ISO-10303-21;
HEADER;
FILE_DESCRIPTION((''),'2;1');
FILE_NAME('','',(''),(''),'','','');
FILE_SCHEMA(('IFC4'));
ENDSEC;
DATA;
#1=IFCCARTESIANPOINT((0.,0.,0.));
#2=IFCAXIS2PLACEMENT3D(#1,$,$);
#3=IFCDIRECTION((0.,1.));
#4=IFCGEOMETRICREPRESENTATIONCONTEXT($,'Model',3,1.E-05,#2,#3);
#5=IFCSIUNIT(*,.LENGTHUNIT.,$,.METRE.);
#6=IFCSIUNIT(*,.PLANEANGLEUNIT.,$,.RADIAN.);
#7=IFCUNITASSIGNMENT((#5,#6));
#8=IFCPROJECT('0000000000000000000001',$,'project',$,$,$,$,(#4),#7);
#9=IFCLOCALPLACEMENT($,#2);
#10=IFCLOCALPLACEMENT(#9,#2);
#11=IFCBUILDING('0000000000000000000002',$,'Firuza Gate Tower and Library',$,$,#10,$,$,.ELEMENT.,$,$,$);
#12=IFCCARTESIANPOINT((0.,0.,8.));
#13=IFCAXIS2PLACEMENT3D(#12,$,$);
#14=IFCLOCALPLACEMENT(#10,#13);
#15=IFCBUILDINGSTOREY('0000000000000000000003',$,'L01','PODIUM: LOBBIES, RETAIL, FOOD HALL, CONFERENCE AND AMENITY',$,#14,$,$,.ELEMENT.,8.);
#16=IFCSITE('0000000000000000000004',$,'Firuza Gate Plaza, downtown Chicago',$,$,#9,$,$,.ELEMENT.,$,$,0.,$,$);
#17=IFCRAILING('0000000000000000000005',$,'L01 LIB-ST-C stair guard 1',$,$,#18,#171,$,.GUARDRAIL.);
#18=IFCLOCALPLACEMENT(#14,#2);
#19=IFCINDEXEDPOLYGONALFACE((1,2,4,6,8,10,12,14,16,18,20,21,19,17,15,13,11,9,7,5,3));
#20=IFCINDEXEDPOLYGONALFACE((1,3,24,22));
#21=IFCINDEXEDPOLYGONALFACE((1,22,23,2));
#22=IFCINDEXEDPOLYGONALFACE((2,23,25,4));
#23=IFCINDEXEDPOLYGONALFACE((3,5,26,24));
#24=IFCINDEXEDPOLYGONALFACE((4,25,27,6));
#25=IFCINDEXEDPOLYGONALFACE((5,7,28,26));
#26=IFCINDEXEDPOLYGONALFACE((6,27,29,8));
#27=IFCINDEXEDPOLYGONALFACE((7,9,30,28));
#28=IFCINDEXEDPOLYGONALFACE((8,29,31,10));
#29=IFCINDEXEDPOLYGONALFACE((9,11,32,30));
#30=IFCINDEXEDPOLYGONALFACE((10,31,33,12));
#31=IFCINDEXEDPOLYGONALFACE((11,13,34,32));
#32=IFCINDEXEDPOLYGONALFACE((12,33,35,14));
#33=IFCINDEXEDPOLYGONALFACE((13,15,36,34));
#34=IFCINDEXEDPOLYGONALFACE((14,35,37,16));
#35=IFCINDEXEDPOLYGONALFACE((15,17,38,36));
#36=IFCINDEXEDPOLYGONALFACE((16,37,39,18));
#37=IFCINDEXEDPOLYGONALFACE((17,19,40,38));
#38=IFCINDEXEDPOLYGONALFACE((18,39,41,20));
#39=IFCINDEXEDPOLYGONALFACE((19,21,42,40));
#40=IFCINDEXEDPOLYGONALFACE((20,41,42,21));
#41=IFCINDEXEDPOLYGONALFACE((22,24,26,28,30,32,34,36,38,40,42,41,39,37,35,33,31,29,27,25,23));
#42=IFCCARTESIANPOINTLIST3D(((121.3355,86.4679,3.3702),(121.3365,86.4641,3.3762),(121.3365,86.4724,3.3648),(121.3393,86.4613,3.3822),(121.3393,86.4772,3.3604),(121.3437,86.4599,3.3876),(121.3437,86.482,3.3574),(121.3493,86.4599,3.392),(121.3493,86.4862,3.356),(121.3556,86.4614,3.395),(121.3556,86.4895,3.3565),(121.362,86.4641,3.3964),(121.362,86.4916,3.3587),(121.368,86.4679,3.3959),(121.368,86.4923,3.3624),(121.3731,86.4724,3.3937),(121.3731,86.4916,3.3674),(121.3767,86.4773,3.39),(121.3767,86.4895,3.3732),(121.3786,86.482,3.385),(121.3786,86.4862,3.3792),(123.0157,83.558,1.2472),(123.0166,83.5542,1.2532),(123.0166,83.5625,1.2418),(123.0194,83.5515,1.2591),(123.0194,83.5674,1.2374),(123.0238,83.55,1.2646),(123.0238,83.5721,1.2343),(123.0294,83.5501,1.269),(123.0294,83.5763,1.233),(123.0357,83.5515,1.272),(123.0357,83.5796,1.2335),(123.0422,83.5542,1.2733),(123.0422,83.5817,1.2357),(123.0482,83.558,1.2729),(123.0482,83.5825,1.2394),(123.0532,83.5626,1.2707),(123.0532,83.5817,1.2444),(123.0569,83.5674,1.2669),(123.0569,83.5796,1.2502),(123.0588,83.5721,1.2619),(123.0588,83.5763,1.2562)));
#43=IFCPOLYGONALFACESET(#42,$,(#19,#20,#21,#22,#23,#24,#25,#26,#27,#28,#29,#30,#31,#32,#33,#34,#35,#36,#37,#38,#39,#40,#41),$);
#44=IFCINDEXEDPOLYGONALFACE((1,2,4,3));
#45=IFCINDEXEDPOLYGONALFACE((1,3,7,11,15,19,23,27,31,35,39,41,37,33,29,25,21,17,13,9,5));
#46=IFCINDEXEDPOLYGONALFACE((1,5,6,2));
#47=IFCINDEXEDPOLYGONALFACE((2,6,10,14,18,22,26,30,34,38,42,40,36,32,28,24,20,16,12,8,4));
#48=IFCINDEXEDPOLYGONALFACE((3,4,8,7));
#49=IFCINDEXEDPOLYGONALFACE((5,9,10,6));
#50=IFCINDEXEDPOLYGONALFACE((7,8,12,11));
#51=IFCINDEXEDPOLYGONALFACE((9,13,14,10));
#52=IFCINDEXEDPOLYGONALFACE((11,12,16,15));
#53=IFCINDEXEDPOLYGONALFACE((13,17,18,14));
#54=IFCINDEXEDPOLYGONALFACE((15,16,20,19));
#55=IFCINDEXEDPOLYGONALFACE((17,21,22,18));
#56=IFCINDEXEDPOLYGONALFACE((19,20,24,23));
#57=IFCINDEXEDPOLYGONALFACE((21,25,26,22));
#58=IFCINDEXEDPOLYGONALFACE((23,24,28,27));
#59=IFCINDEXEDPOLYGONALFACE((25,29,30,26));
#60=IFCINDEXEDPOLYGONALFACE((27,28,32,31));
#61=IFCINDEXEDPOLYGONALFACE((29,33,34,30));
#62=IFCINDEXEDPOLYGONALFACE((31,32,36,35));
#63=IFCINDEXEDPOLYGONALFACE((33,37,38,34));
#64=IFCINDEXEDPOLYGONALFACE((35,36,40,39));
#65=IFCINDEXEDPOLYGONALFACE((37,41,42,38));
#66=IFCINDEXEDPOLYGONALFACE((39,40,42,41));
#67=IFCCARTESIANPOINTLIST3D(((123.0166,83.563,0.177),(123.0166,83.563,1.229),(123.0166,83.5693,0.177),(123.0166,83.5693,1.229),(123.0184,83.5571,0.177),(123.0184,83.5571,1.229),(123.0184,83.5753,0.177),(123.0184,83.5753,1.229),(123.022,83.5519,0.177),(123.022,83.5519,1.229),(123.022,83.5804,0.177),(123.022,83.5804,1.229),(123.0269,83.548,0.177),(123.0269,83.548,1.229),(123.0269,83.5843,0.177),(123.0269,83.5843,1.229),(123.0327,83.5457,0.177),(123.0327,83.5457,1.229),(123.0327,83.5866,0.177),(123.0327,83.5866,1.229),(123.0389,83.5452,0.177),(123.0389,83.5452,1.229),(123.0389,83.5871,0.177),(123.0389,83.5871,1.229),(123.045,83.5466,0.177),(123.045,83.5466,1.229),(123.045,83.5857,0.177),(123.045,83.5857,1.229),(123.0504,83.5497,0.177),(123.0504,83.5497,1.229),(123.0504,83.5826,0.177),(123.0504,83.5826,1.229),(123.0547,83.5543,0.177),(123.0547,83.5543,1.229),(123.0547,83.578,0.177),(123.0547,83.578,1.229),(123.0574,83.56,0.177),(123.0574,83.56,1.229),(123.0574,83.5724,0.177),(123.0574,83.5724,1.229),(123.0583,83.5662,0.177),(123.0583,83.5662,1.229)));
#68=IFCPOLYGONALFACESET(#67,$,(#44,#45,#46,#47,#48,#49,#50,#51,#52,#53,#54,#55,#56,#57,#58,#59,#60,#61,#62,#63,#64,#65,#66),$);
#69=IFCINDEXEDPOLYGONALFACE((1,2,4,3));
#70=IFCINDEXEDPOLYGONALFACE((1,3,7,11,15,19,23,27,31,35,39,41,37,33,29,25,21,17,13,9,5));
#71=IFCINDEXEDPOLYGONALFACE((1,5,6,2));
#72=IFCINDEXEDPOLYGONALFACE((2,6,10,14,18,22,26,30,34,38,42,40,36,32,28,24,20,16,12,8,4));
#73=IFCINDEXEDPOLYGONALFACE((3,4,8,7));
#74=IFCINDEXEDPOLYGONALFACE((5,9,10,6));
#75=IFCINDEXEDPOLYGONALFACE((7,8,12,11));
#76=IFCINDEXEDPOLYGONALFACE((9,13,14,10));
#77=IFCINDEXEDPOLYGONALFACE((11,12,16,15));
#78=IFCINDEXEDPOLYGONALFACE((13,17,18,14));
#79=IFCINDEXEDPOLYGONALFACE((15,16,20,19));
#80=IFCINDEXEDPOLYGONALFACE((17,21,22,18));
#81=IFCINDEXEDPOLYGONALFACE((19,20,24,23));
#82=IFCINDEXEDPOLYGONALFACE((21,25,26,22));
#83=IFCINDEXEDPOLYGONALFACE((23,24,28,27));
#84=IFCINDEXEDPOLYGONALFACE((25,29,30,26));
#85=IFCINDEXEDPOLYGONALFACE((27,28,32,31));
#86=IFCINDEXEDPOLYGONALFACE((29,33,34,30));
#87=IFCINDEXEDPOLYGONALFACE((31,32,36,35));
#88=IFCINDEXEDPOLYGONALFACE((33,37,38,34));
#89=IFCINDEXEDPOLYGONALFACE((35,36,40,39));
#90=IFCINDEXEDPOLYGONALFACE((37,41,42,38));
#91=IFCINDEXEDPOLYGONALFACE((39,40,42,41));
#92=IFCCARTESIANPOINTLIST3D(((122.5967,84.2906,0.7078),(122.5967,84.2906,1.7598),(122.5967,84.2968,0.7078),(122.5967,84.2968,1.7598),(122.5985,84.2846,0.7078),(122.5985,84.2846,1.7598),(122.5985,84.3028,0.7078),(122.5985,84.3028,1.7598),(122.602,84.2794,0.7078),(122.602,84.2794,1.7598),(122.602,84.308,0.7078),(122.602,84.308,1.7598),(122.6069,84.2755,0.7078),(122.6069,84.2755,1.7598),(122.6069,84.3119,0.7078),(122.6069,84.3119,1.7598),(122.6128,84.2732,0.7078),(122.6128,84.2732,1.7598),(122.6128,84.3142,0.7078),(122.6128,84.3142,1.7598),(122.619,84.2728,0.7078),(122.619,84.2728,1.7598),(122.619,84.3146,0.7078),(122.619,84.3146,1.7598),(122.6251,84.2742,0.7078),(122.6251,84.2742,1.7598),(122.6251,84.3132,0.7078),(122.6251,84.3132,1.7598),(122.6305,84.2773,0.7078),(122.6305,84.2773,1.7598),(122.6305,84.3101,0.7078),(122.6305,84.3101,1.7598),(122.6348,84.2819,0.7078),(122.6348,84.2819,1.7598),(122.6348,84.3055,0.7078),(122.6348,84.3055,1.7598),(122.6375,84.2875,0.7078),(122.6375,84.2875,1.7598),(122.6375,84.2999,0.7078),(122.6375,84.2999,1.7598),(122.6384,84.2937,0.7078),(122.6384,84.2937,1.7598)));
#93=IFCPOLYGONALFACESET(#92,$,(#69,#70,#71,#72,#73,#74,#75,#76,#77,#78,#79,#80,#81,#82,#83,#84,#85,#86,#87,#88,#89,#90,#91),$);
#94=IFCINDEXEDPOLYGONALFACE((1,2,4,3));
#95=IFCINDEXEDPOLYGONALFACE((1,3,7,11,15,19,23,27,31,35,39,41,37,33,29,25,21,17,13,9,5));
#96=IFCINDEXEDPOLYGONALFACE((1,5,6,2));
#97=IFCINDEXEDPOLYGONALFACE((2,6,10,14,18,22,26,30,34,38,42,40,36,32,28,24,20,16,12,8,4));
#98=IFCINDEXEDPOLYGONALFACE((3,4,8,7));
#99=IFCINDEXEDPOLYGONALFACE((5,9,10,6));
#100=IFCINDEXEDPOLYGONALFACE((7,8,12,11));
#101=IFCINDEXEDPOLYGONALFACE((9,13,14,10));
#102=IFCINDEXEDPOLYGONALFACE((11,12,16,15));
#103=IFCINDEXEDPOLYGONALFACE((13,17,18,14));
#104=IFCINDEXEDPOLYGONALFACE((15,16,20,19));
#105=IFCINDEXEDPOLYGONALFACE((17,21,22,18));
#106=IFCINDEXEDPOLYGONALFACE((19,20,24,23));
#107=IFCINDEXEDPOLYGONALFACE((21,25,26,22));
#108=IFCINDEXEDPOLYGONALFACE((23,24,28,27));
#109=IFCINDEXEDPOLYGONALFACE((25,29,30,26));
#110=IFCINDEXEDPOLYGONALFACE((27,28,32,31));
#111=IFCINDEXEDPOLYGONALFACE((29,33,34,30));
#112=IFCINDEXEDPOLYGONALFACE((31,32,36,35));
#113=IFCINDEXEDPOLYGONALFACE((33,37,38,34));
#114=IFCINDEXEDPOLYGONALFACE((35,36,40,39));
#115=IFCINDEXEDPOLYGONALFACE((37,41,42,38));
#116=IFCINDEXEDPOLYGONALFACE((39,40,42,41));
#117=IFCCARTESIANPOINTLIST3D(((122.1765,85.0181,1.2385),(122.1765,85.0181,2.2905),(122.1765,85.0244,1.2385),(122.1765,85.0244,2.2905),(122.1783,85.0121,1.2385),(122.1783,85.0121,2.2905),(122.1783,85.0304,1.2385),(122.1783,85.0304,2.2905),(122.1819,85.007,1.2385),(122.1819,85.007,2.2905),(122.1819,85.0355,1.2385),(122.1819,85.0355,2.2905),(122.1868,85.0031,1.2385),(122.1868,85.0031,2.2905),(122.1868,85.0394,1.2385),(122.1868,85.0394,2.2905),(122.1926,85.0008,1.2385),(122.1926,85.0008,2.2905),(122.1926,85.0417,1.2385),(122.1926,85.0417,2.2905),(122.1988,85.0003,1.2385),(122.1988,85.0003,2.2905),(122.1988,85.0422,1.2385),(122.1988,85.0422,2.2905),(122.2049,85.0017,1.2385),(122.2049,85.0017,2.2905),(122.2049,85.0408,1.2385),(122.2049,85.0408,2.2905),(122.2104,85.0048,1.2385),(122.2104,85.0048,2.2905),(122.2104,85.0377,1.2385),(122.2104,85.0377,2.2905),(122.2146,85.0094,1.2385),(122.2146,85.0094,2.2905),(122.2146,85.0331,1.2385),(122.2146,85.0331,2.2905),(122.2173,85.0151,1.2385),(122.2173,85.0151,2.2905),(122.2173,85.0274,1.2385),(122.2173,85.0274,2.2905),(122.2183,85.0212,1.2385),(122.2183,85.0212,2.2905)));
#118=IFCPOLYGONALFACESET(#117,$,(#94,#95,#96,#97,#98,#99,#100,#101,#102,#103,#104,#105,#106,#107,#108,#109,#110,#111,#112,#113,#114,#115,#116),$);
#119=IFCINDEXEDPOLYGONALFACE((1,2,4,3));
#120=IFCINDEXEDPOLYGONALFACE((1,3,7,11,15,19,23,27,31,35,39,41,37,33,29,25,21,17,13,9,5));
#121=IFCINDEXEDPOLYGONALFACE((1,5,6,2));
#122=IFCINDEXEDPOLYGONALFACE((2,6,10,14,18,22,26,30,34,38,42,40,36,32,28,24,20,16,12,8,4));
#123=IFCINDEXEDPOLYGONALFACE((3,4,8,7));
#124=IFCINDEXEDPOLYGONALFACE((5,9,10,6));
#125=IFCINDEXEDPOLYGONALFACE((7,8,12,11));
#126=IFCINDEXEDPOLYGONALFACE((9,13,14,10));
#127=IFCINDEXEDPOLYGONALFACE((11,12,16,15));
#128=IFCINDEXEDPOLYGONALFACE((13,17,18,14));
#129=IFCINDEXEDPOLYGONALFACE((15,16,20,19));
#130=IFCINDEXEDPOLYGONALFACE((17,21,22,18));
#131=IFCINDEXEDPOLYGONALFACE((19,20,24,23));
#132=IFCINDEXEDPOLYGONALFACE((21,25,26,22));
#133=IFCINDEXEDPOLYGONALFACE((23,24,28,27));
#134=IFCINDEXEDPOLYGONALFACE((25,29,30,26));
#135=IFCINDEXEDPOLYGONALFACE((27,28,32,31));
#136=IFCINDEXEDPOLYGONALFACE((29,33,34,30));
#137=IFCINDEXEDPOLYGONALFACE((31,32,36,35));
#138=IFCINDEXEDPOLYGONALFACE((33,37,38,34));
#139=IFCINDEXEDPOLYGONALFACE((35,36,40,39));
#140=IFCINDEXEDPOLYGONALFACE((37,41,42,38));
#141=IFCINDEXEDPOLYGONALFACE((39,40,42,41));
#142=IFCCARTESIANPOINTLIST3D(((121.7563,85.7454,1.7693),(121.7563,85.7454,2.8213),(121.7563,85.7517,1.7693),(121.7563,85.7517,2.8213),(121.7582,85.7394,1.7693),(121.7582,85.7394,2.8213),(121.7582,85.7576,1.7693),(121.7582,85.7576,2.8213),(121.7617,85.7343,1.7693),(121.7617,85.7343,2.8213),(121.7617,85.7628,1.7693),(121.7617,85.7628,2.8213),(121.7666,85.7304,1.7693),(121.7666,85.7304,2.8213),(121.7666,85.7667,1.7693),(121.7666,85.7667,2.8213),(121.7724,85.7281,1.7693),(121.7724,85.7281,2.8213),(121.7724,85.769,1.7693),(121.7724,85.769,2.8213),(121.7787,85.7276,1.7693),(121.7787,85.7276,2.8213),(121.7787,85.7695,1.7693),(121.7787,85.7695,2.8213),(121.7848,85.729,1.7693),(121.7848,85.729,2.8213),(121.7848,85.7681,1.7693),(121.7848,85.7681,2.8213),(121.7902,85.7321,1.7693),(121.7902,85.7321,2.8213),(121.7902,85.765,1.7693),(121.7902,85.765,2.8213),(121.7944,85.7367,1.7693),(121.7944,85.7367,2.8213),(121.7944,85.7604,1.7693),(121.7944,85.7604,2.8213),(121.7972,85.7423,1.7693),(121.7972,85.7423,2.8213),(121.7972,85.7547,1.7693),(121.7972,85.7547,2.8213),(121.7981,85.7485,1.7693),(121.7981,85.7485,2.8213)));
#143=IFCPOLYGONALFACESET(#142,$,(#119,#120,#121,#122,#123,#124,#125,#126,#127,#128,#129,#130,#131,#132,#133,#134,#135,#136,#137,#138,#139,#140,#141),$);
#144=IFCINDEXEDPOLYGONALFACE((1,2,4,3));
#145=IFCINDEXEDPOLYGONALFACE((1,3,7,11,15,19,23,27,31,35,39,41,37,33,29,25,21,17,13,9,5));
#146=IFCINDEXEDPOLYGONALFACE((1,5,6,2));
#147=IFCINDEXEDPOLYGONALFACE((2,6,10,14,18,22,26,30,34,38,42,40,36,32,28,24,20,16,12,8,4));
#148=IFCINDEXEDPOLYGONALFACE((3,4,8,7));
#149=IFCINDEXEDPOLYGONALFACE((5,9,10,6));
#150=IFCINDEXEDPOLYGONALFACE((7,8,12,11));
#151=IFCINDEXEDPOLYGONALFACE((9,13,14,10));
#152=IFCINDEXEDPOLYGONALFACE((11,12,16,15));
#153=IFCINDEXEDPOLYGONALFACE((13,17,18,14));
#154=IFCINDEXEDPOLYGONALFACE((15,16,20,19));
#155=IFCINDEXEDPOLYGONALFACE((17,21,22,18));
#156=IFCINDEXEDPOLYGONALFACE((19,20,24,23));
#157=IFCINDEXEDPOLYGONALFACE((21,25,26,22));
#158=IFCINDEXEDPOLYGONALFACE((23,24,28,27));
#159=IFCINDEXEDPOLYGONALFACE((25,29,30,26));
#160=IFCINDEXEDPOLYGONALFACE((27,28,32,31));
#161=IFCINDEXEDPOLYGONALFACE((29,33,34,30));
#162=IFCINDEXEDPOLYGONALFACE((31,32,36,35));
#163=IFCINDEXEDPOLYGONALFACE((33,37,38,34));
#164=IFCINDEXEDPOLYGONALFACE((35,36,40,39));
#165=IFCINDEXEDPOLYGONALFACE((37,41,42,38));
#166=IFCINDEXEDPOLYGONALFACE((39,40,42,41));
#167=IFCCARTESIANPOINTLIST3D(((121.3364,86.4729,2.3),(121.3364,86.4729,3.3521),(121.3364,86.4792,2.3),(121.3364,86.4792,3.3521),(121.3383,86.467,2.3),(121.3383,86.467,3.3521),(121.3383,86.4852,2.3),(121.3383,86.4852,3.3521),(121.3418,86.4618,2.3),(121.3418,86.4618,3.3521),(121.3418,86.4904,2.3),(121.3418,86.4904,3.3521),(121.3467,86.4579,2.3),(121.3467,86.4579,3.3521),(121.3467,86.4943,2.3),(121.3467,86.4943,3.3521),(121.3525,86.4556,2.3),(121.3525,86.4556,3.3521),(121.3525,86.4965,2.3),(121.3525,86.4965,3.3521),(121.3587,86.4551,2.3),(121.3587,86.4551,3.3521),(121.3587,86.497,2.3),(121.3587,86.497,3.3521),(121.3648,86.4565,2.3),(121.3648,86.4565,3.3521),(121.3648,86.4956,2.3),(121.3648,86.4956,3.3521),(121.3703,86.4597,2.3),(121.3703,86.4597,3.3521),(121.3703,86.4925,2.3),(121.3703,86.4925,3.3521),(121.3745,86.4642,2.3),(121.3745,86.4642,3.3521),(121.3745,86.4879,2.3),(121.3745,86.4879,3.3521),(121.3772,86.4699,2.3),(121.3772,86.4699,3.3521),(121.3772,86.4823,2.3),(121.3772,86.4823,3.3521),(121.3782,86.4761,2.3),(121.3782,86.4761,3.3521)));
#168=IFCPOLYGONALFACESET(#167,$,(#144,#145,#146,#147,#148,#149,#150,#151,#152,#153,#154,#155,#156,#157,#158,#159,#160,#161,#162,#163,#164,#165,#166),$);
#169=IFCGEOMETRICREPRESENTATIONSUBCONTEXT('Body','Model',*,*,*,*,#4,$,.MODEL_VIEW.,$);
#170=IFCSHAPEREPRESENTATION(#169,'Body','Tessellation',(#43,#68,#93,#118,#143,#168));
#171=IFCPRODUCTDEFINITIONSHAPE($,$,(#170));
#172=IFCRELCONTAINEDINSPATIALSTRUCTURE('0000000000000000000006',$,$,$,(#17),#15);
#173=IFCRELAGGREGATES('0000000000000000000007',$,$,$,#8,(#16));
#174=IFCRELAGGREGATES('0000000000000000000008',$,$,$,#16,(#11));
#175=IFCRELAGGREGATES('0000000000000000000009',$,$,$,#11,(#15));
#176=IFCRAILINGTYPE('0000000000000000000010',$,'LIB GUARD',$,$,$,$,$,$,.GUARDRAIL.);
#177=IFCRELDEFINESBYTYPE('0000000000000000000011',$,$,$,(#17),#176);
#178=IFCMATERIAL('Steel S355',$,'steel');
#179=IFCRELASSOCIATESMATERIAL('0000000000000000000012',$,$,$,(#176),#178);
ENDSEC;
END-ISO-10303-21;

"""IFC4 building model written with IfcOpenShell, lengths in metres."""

from ifc_helpers import new_model, si_unit, direction, frame, origin, origin_2d, place, context, subcontext, project, spatial, circle, extrude, material, type_object, element, save


model = new_model("IFC4")

# Units and contexts
model_context = context("Model", 3, precision=1e-05, world=origin(), true_north=direction((0.0, 1.0)))
body_context = subcontext(model_context, "Body", "Model", "MODEL_VIEW")
ifc_project = project(units=[si_unit("LENGTHUNIT", "METRE"), si_unit("PLANEANGLEUNIT", "RADIAN")], contexts=[model_context])

# Site, building, storey
site_placement = place(None, origin())
site = spatial("IfcSite", under=ifc_project, at=site_placement, Name="Firuza Gate Plaza, downtown Chicago", CompositionType="ELEMENT", RefElevation=0.0)
building_placement = place(site_placement, origin())
building = spatial("IfcBuilding", under=site, at=building_placement, Name="Firuza Gate Tower and Library", CompositionType="ELEMENT")
storey_placement = place(building_placement, frame((0.0, 0.0, 8.0)))
storey = spatial("IfcBuildingStorey", under=building, at=storey_placement, Name="L01", Description="PODIUM: LOBBIES, RETAIL, FOOD HALL, CONFERENCE AND AMENITY", CompositionType="ELEMENT", Elevation=8.0)

# Railing
ifc_material_1 = material(Name="Steel S355", Category="steel")
railing_type_1 = type_object("IfcRailingType", Name="LIB GUARD", PredefinedType="GUARDRAIL", material=ifc_material_1)
railing_1_placement = place(storey_placement, frame((123.0374, 83.5662, 0.177)))
element("IfcRailing", 1, at=railing_1_placement, inside=storey, type_object=railing_type_1, Name="L01 LIB-ST-C stair guard 1", PredefinedType="GUARDRAIL", context=body_context, shape_type="SweptSolid", body=[
    extrude(circle(Radius=0.0239, at=origin_2d()), frame((0.0, 0.0, 1.0762), z_axis=(-0.422722, 0.732116, 0.534146), x_axis=(-0.866008, -0.500031, 0.0)), (0.0, 0.0, 1.0), 3.9746),
    extrude(circle(Radius=0.021, at=origin_2d()), origin(), (0.0, 0.0, 1.0), 1.052),
    extrude(circle(Radius=0.021, at=origin_2d()), frame((-0.4199, 0.7275, 0.5308)), (0.0, 0.0, 1.0), 1.052),
    extrude(circle(Radius=0.021, at=origin_2d()), frame((-0.8401, 1.4551, 1.0615)), (0.0, 0.0, 1.0), 1.052),
    extrude(circle(Radius=0.021, at=origin_2d()), frame((-1.2603, 2.1824, 1.5923)), (0.0, 0.0, 1.0), 1.052),
    extrude(circle(Radius=0.021, at=origin_2d()), frame((-1.6802, 2.9099, 2.123)), (0.0, 0.0, 1.0), 1.052),
])

save(model, "model.ifc")
